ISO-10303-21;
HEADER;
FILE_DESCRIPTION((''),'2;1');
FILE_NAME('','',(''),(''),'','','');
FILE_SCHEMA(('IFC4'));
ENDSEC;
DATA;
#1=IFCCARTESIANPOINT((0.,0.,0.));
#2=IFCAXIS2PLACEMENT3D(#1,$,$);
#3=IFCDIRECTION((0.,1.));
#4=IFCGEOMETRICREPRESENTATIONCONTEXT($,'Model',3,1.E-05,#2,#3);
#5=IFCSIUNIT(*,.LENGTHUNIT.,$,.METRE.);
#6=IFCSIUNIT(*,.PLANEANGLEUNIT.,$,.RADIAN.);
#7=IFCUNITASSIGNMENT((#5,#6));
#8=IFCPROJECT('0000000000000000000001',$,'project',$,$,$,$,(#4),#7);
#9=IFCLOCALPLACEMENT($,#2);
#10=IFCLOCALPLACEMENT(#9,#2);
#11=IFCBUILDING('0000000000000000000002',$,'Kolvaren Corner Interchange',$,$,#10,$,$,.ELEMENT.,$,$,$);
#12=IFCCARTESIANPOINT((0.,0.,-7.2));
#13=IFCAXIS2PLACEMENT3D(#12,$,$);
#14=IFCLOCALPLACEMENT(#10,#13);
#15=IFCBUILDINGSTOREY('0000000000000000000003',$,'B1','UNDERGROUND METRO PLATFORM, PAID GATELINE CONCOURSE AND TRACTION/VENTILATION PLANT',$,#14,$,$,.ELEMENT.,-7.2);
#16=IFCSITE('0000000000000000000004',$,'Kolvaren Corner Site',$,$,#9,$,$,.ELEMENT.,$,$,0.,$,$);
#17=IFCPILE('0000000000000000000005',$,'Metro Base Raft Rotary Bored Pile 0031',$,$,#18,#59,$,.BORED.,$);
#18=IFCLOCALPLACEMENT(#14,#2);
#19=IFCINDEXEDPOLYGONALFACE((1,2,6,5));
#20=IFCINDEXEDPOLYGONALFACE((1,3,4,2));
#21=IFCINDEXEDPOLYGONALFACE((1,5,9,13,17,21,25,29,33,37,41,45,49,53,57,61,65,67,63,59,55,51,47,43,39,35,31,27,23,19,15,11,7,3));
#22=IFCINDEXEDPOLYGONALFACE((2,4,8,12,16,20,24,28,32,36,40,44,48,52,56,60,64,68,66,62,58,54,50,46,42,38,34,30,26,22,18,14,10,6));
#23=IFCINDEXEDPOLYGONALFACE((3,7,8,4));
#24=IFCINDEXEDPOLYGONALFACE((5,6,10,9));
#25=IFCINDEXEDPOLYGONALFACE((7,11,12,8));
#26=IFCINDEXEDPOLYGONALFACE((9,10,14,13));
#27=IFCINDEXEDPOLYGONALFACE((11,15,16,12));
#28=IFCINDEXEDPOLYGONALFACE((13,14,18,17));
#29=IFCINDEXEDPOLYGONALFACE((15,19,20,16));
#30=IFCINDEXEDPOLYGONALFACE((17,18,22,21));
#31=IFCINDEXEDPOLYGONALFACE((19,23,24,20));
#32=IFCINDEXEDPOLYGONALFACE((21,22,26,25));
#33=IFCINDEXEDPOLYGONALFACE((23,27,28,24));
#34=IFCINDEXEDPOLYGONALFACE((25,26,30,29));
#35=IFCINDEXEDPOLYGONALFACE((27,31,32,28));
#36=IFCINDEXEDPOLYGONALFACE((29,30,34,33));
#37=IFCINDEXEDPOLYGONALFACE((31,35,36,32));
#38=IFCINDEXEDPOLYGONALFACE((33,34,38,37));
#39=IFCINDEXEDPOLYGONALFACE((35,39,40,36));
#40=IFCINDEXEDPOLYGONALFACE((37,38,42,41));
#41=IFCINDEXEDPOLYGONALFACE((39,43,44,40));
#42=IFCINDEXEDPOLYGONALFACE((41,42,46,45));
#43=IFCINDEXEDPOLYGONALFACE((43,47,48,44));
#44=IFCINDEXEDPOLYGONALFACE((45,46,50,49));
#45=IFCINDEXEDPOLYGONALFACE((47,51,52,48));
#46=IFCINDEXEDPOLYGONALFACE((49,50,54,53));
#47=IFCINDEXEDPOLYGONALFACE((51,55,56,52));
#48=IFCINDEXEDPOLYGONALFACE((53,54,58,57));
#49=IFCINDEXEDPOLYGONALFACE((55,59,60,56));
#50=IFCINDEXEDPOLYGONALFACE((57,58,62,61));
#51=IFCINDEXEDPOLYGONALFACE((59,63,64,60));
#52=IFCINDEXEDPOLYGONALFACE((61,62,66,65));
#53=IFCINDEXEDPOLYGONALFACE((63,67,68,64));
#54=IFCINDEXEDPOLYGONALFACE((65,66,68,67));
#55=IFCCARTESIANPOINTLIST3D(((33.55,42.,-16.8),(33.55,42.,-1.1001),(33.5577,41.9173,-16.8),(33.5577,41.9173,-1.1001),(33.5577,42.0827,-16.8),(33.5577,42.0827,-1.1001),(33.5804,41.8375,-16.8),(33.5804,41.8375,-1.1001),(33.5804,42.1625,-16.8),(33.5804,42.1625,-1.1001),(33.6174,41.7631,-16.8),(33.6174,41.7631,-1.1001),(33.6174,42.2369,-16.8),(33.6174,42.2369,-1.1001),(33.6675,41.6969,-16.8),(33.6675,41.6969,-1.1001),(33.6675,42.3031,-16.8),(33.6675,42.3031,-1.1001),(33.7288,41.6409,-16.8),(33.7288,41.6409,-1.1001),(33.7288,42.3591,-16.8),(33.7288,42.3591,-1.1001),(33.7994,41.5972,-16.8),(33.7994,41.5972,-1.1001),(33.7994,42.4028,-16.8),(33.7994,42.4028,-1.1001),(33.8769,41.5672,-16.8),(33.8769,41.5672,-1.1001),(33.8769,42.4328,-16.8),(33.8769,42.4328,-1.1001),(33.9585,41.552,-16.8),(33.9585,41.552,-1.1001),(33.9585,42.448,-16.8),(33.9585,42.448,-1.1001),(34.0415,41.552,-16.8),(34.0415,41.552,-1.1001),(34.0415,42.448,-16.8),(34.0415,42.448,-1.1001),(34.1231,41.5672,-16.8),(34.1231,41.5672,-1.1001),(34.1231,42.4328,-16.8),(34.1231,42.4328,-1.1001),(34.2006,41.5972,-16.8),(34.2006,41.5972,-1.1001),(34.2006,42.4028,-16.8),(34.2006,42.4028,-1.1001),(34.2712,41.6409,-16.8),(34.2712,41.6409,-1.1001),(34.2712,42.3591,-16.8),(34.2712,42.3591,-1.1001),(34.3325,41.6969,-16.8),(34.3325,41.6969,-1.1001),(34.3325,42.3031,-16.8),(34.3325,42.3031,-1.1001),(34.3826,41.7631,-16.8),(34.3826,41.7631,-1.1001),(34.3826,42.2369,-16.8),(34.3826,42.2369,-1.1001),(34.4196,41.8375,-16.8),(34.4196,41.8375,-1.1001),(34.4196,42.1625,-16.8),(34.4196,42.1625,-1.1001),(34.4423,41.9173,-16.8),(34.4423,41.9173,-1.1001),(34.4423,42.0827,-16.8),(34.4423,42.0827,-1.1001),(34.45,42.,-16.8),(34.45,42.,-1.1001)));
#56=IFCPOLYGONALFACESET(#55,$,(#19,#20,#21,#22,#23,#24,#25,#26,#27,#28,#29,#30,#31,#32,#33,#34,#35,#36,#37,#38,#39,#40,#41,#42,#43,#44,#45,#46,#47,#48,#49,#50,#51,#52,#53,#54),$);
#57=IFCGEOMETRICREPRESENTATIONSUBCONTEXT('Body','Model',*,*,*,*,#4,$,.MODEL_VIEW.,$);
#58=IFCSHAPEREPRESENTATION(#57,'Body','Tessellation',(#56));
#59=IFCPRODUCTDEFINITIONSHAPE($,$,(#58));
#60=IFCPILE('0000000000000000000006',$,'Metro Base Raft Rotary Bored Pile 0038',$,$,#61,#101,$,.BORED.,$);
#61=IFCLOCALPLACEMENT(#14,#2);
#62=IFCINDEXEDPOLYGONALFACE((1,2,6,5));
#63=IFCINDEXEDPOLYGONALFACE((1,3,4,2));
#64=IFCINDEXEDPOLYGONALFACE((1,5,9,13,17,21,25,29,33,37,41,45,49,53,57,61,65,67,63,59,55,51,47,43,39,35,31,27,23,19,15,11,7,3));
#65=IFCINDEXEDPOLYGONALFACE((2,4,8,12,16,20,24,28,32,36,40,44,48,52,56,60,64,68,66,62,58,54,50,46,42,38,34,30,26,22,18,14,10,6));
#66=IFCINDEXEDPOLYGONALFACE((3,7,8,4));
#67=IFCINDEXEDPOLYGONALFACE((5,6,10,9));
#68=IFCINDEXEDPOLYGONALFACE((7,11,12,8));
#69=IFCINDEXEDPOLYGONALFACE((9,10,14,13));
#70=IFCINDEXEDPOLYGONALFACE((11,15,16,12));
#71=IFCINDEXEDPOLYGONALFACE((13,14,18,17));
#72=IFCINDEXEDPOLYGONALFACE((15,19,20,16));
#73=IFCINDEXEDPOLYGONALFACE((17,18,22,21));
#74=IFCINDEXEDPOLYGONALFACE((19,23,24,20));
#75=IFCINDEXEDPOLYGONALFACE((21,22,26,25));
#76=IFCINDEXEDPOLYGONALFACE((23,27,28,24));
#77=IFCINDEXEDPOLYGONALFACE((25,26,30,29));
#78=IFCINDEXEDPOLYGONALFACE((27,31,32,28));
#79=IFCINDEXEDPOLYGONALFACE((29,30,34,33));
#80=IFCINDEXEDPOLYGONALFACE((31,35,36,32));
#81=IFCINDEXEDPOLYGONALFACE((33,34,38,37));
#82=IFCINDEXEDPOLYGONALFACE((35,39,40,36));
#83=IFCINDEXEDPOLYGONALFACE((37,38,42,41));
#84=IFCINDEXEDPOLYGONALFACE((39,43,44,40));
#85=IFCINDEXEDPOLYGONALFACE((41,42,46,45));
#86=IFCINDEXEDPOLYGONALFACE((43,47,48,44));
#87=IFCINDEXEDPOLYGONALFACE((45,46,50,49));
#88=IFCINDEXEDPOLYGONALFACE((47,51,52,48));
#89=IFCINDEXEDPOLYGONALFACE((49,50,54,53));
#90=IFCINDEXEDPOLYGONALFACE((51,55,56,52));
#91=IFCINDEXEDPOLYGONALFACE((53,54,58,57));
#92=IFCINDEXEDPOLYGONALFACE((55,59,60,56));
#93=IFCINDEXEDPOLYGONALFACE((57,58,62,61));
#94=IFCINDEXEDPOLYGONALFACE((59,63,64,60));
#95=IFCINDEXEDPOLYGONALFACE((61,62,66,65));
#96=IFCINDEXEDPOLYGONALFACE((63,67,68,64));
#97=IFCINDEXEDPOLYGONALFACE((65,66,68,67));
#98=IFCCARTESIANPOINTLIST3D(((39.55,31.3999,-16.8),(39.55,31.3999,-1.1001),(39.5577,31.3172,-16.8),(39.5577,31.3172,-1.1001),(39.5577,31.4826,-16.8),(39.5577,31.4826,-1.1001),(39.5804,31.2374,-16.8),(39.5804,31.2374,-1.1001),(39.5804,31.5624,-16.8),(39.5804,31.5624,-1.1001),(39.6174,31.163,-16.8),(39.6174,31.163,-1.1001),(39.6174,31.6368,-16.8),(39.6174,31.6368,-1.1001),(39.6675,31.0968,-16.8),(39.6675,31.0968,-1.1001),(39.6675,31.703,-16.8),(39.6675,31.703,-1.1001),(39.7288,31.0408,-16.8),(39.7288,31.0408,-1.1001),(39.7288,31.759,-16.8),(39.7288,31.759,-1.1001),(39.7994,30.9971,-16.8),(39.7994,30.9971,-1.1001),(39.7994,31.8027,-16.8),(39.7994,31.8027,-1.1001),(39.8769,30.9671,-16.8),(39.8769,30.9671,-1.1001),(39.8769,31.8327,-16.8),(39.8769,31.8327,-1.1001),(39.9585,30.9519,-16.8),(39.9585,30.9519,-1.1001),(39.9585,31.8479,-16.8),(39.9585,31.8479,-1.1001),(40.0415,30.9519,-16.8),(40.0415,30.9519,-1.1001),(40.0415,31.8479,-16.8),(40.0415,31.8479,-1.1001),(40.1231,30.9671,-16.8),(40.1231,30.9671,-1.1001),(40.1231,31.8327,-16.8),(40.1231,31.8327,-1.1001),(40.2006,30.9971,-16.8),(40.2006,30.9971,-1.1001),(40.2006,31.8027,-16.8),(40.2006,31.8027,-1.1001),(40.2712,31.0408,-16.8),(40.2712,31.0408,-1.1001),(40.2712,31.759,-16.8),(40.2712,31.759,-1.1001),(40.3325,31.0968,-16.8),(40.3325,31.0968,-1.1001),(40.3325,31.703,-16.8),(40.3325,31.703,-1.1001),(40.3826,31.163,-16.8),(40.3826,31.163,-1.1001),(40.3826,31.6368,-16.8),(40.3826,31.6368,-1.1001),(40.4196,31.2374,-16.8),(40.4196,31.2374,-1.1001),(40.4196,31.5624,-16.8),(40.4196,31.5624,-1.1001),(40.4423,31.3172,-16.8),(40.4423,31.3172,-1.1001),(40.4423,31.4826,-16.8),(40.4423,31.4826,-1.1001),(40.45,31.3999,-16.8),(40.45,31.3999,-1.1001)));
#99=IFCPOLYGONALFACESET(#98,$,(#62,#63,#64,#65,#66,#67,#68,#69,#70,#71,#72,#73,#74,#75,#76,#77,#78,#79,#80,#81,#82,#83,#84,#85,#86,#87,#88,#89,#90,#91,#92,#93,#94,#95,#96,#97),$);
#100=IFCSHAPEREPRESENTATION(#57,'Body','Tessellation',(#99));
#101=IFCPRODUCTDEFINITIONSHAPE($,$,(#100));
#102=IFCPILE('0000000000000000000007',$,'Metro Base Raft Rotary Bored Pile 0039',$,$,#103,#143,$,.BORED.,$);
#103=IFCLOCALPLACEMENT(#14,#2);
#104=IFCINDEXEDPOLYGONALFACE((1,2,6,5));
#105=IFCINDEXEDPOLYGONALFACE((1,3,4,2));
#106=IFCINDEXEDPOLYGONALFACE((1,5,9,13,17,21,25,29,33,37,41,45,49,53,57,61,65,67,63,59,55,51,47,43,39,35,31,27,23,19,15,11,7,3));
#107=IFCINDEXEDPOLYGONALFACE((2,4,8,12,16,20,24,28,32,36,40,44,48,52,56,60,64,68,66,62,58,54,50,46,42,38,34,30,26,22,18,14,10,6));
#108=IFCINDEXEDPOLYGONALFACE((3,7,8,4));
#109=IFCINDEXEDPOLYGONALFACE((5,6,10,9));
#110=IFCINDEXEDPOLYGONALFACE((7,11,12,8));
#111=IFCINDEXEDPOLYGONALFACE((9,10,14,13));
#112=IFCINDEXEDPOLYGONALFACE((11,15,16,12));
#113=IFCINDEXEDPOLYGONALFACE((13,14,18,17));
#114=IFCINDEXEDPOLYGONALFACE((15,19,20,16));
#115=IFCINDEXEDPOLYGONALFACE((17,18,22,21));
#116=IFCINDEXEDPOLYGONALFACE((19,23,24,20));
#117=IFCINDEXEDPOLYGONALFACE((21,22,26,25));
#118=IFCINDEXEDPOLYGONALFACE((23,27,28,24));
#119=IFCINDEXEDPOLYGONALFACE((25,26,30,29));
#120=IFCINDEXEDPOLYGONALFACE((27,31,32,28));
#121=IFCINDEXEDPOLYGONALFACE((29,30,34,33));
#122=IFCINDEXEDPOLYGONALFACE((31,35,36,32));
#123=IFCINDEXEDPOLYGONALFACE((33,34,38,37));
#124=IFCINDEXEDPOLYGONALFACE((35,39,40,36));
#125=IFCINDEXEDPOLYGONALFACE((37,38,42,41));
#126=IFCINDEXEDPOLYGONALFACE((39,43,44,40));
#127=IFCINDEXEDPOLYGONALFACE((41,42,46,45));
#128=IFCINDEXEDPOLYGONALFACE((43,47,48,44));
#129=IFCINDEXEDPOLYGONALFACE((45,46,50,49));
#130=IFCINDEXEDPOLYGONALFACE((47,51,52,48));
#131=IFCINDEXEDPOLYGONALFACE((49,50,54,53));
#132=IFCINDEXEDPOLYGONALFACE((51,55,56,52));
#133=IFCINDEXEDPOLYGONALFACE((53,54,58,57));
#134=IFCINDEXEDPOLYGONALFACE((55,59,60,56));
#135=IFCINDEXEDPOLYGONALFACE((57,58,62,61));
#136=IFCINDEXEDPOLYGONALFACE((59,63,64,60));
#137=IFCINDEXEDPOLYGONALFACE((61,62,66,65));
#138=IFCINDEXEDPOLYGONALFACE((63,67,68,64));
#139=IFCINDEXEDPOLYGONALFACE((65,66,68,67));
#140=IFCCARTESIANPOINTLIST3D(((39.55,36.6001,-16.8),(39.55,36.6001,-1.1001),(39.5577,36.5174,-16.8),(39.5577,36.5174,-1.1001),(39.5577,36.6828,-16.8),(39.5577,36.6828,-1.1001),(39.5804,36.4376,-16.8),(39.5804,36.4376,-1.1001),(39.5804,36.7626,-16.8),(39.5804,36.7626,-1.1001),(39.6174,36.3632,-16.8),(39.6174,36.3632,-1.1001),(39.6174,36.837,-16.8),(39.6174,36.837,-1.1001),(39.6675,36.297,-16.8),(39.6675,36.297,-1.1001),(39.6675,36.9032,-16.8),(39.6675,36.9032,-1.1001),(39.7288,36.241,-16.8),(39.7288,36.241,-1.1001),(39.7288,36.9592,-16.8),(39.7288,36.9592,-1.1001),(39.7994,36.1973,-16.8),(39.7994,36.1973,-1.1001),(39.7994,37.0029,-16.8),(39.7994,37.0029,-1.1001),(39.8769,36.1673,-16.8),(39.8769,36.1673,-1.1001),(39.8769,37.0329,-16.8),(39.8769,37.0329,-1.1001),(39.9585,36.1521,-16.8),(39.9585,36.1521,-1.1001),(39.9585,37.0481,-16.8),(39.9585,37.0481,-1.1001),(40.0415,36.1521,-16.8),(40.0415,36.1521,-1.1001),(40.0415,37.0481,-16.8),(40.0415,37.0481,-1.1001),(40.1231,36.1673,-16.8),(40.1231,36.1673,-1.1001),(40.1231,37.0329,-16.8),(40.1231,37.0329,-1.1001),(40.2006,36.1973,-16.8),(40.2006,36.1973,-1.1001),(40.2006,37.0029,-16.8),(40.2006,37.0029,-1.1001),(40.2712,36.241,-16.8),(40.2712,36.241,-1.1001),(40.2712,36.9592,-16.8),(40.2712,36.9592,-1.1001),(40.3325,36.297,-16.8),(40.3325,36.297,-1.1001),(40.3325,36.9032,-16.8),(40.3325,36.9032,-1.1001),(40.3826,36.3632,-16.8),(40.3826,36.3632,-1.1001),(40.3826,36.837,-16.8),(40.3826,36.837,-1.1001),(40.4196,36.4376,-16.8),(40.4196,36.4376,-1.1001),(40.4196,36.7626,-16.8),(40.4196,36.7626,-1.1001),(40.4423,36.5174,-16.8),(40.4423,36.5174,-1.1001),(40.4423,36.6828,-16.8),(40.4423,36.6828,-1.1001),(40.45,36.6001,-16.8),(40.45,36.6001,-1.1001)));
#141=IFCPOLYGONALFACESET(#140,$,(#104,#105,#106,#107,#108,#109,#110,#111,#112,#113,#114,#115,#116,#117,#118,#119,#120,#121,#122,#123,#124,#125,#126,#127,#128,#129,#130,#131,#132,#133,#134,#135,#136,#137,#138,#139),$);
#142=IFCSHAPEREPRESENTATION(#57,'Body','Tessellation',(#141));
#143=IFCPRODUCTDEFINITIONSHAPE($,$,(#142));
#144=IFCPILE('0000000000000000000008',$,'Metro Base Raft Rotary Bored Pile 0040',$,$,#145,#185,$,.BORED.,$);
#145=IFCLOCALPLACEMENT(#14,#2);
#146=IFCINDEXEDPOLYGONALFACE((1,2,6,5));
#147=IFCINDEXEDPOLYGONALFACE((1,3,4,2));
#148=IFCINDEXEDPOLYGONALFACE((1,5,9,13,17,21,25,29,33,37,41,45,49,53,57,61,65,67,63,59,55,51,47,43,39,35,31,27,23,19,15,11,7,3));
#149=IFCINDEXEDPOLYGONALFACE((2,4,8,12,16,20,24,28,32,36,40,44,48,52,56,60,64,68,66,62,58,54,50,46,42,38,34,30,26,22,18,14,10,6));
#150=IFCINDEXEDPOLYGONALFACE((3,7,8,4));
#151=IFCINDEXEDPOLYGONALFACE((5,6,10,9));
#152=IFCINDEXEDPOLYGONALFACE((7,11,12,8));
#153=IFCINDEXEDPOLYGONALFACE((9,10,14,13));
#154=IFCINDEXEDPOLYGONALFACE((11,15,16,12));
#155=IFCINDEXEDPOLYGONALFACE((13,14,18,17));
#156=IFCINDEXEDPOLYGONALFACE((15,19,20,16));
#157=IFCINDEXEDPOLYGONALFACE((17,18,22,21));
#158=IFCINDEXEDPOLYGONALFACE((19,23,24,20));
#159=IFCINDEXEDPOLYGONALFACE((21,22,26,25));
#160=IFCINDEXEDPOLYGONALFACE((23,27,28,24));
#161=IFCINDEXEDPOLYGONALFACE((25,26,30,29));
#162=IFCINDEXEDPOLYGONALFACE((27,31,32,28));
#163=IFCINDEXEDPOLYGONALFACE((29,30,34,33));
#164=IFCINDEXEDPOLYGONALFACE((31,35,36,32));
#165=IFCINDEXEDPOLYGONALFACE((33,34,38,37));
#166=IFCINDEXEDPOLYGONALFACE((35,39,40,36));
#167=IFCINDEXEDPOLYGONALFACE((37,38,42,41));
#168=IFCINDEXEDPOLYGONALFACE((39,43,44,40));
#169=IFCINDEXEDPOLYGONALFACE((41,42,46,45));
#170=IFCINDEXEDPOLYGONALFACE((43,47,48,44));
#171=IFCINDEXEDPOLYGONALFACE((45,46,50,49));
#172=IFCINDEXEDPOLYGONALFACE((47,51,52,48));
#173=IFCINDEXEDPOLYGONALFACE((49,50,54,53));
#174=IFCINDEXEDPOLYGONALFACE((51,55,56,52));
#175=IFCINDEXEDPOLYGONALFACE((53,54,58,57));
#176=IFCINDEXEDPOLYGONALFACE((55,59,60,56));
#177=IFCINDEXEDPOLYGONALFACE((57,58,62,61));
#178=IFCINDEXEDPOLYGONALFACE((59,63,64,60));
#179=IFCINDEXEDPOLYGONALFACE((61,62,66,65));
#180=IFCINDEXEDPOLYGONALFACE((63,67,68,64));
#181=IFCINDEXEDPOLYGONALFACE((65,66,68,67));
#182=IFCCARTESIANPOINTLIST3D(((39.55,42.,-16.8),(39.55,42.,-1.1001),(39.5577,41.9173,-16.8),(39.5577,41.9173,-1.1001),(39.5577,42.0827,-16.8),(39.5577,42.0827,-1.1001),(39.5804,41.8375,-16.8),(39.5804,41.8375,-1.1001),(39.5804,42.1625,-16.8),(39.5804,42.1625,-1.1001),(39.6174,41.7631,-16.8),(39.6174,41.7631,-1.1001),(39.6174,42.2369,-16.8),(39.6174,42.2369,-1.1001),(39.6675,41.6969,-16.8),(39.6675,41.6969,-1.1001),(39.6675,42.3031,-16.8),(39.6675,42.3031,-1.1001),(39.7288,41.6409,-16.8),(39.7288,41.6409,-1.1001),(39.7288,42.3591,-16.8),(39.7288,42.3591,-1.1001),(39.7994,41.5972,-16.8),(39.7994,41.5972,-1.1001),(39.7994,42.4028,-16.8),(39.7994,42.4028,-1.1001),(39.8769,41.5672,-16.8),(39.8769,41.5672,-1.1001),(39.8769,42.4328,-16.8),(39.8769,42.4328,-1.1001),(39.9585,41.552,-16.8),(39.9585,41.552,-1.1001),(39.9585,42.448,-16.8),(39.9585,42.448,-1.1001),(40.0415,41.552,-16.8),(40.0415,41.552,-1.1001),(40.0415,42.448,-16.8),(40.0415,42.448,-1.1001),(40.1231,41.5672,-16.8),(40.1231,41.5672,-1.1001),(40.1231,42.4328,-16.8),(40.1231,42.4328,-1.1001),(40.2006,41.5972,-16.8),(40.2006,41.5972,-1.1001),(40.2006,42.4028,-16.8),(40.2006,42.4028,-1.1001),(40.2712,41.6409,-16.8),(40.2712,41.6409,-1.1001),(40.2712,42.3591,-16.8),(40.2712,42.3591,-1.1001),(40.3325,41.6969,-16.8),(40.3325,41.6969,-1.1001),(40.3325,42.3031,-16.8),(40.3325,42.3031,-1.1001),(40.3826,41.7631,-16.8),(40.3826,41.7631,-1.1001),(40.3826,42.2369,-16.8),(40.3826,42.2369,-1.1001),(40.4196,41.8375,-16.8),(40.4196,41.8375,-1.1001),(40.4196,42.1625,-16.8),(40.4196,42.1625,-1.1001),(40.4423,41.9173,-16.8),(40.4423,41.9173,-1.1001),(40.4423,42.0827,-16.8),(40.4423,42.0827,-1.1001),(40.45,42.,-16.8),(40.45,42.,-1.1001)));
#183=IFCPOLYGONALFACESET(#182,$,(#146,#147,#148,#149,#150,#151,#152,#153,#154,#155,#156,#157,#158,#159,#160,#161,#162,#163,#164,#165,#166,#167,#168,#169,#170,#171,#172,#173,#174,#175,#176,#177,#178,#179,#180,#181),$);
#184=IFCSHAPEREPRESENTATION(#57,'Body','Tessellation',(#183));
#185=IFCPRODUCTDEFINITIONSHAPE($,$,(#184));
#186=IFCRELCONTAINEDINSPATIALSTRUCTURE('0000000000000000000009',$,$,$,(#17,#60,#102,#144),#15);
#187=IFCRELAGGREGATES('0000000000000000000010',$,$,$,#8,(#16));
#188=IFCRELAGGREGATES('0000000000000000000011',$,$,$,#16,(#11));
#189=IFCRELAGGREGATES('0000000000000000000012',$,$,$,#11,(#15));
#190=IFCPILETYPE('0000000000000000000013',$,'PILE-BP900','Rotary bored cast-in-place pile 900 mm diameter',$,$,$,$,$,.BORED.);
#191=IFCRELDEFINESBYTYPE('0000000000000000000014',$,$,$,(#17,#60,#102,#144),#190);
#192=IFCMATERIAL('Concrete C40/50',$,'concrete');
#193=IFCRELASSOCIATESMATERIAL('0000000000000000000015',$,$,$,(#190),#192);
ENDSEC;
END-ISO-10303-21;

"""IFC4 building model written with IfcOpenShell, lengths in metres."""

from ifc_helpers import new_model, si_unit, direction, frame, origin, origin_2d, place, context, subcontext, project, spatial, circle, extrude, material, material_profile, profile_set, type_object, element, save


model = new_model("IFC4")

# Units and contexts
model_context = context("Model", 3, precision=1e-05, world=origin(), true_north=direction((0.0, 1.0)))
body_context = subcontext(model_context, "Body", "Model", "MODEL_VIEW")
ifc_project = project(units=[si_unit("LENGTHUNIT", "METRE"), si_unit("PLANEANGLEUNIT", "RADIAN")], contexts=[model_context])

# Site, building, storey
site_placement = place(None, origin())
site = spatial("IfcSite", under=ifc_project, at=site_placement, Name="Kolvaren Corner Site", CompositionType="ELEMENT", RefElevation=0.0)
building_placement = place(site_placement, origin())
building = spatial("IfcBuilding", under=site, at=building_placement, Name="Kolvaren Corner Interchange", CompositionType="ELEMENT")
storey_placement = place(building_placement, frame((0.0, 0.0, -7.2)))
storey = spatial("IfcBuildingStorey", under=building, at=storey_placement, Name="B1", Description="UNDERGROUND METRO PLATFORM, PAID GATELINE CONCOURSE AND TRACTION/VENTILATION PLANT", CompositionType="ELEMENT", Elevation=-7.2)

# Piles
ifc_material_1 = material(Name="Concrete C40/50", Category="concrete")
ifc_material_profile_1 = material_profile(ifc_material_1, circle(Radius=0.45, at=origin_2d()), Name="BORED PILE 900")
ifc_profile_set_1 = profile_set([ifc_material_profile_1], Name="Concrete C40/50")
pile_type = type_object("IfcPileType", Name="PILE-BP900", Description="Rotary bored cast-in-place pile 900 mm diameter", PredefinedType="BORED", material=ifc_profile_set_1)
for number, where, z_axis, x_axis, name in (
    (1, (34.0, 42.0, -1.1001), (0.0, 0.0, -1.0), (1.0, 0.0, 0.0), "Metro Base Raft Rotary Bored Pile 0031"),
    (2, (40.0, 31.3999, -1.1001), (0.0, 0.0, -1.0), (1.0, 0.0, 0.0), "Metro Base Raft Rotary Bored Pile 0038"),
    (3, (40.0, 36.6001, -1.1001), (0.0, 0.0, -1.0), (1.0, 0.0, 0.0), "Metro Base Raft Rotary Bored Pile 0039"),
    (4, (40.0, 42.0, -1.1001), (0.0, 0.0, -1.0), (1.0, 0.0, 0.0), "Metro Base Raft Rotary Bored Pile 0040"),
):
    element("IfcPile", number, at=place(storey_placement, frame(where, z_axis=z_axis, x_axis=x_axis)), inside=storey, type_object=pile_type, Name=name, PredefinedType="BORED", context=body_context, shape_type="SweptSolid", body=[
        extrude(circle(Radius=0.45, at=origin_2d()), origin(), (0.0, 0.0, 1.0), 15.7),
    ])

save(model, "model.ifc")
